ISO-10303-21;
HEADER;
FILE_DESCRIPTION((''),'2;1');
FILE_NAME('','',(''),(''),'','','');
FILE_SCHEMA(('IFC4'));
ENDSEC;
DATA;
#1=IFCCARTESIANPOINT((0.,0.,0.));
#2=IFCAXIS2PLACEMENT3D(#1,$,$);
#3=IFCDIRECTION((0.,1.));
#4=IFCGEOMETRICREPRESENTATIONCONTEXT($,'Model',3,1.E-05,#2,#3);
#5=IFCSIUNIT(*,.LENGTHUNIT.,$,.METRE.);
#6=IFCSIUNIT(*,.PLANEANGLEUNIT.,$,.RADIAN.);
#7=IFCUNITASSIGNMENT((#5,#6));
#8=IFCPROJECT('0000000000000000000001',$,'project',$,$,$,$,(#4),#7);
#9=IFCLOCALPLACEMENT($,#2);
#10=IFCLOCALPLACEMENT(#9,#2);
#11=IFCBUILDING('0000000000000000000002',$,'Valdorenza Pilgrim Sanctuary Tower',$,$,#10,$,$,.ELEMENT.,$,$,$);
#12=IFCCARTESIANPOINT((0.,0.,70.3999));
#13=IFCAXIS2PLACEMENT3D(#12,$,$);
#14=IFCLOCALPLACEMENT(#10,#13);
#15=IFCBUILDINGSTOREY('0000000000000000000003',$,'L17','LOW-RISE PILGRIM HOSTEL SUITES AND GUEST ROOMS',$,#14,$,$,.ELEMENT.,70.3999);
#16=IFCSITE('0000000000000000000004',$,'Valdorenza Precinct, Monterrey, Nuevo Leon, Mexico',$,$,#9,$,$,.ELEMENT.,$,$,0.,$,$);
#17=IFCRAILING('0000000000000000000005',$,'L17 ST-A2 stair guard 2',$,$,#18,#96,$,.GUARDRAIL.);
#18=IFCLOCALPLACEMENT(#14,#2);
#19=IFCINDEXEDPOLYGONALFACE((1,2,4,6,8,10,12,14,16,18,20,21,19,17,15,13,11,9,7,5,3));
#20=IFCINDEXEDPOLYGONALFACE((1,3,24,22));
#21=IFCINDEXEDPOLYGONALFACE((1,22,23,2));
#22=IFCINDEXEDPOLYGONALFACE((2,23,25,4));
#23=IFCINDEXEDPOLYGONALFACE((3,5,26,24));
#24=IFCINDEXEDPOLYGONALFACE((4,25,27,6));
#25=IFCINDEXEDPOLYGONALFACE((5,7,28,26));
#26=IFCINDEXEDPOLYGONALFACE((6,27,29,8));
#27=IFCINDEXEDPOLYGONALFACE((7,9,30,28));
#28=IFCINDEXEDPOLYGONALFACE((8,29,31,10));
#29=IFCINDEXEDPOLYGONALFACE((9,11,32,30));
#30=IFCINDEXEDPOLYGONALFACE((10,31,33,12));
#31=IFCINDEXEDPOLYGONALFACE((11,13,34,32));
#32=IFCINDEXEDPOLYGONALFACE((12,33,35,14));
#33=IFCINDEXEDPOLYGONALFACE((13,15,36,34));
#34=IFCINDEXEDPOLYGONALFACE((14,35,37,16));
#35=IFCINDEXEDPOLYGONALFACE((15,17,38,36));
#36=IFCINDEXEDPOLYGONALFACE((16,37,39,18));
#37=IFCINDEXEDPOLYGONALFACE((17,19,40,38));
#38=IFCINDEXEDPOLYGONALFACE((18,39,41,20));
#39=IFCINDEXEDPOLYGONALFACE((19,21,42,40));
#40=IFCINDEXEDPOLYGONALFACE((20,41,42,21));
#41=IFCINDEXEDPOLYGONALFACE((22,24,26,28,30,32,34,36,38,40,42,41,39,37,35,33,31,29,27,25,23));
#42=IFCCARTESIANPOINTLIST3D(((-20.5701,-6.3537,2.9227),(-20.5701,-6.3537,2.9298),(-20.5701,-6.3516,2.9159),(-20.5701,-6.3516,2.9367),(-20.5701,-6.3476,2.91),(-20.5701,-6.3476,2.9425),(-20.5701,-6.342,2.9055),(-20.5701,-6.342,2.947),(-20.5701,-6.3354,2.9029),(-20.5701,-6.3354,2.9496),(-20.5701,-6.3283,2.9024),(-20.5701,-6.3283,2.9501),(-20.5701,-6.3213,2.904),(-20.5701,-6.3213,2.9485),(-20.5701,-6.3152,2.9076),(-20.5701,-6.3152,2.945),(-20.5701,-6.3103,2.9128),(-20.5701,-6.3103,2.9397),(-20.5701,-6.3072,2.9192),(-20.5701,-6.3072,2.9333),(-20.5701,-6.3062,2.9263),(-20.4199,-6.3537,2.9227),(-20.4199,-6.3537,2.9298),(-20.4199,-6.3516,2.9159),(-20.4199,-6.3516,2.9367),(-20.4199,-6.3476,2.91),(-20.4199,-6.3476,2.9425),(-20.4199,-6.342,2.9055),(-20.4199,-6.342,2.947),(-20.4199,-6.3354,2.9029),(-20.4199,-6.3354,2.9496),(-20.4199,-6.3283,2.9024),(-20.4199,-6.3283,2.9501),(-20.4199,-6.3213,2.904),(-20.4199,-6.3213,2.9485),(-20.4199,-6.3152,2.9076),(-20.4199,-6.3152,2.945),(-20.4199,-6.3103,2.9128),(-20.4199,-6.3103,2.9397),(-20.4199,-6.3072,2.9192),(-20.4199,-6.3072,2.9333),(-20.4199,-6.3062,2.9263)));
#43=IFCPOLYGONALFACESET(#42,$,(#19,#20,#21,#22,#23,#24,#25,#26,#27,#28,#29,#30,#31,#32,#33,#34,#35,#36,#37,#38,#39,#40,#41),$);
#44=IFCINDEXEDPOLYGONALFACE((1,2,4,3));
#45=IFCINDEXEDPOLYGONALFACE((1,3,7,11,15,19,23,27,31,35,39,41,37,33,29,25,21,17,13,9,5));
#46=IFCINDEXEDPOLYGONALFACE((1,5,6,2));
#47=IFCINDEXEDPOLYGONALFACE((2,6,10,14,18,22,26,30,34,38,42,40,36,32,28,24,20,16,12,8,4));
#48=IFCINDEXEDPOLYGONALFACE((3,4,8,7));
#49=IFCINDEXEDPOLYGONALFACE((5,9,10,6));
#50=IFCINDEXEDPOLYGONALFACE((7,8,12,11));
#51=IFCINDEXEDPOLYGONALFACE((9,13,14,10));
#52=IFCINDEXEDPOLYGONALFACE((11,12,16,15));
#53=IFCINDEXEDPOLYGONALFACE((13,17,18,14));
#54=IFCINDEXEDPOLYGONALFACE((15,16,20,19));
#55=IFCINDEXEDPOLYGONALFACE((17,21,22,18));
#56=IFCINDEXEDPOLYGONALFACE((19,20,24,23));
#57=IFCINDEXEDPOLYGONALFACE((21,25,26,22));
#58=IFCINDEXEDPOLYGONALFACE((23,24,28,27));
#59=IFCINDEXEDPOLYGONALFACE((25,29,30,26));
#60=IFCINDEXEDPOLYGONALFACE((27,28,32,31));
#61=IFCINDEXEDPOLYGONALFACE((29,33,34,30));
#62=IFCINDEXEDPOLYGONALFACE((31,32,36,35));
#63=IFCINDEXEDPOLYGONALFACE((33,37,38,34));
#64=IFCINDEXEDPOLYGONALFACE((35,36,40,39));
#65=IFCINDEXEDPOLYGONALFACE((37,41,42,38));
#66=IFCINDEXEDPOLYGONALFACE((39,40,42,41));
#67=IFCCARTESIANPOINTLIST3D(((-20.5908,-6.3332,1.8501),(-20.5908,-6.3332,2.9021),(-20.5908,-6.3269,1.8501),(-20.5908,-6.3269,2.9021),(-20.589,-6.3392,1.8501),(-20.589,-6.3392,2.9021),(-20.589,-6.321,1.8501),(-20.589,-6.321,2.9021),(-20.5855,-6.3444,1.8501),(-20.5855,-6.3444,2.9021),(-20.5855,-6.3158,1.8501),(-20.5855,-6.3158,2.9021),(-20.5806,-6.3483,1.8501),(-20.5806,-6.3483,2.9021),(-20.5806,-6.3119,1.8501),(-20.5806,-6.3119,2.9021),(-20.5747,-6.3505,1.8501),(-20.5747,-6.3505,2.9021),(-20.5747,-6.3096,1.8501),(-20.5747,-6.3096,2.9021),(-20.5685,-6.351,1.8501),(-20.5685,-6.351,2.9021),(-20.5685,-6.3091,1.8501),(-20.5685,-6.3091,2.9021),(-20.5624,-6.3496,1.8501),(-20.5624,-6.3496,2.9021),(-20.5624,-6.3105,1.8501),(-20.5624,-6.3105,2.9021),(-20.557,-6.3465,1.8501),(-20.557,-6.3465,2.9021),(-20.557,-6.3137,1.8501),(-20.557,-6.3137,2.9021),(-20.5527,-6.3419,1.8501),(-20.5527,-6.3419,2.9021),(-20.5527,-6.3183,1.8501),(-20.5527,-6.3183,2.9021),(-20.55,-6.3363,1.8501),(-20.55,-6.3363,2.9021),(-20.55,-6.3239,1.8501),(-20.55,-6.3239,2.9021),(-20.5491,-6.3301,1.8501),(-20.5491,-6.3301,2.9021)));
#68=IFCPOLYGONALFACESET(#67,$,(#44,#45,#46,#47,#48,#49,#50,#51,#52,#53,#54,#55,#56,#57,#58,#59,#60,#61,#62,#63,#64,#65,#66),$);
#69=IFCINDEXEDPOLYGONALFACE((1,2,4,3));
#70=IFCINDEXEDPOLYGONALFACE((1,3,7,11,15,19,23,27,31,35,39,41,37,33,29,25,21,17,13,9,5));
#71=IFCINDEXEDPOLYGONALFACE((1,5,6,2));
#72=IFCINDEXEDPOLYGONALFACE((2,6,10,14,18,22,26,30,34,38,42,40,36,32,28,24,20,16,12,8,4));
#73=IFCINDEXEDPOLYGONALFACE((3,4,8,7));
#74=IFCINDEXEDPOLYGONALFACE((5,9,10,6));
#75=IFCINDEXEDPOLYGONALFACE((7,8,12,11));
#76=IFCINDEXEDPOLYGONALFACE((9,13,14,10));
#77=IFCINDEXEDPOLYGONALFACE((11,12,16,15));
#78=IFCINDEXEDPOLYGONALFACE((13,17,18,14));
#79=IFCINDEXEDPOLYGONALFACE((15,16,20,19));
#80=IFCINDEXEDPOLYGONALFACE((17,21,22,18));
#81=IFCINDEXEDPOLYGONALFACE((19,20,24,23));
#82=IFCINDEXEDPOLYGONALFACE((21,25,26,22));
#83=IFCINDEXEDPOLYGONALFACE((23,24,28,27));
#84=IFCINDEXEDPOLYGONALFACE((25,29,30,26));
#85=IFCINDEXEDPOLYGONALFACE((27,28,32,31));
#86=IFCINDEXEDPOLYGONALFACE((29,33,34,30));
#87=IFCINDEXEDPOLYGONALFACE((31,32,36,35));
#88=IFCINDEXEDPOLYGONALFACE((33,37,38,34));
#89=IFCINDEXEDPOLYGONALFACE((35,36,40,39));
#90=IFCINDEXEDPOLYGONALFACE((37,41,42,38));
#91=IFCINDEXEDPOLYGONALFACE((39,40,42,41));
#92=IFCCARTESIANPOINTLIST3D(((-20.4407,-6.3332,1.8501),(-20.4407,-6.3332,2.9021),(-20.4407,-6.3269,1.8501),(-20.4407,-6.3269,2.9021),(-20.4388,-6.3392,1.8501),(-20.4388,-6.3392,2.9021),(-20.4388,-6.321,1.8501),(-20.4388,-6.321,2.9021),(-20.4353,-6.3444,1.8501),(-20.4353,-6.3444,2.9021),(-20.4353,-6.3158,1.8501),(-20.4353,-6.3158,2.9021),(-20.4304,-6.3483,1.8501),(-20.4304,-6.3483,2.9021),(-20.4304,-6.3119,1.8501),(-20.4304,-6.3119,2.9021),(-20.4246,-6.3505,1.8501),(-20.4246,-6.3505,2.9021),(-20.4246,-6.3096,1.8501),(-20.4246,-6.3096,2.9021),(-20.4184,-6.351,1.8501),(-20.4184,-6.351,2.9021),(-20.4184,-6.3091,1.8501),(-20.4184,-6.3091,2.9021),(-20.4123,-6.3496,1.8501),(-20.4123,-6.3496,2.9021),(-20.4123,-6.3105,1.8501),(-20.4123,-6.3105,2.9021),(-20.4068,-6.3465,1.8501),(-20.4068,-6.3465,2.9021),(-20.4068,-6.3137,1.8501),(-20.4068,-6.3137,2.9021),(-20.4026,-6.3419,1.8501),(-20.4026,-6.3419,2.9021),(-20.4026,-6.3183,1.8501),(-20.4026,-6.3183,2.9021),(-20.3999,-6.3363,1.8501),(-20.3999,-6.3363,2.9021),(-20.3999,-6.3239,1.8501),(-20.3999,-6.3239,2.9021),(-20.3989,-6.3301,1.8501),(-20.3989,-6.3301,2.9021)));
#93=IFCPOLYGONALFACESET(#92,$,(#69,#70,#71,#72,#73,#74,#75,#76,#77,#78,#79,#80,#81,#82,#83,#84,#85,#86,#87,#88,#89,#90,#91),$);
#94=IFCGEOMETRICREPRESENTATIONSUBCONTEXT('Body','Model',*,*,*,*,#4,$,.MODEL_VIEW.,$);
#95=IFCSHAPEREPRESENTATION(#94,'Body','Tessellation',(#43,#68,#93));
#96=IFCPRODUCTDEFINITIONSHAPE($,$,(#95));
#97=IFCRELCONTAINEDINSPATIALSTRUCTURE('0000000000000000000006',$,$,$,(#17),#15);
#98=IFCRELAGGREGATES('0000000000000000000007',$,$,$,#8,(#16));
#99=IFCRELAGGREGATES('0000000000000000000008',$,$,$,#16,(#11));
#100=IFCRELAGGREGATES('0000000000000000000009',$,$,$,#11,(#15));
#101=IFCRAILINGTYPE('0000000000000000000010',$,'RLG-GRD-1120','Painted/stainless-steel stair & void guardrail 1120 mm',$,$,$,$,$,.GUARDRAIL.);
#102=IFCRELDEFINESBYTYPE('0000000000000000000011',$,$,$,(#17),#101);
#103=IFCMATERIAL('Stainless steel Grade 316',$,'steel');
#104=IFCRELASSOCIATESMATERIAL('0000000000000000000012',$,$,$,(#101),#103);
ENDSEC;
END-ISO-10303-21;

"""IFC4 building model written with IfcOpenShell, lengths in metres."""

from ifc_helpers import new_model, si_unit, direction, frame, origin, origin_2d, place, context, subcontext, project, spatial, circle, extrude, material, type_object, element, save


model = new_model("IFC4")

# Units and contexts
model_context = context("Model", 3, precision=1e-05, world=origin(), true_north=direction((0.0, 1.0)))
body_context = subcontext(model_context, "Body", "Model", "MODEL_VIEW")
ifc_project = project(units=[si_unit("LENGTHUNIT", "METRE"), si_unit("PLANEANGLEUNIT", "RADIAN")], contexts=[model_context])

# Site, building, storey
site_placement = place(None, origin())
site = spatial("IfcSite", under=ifc_project, at=site_placement, Name="Valdorenza Precinct, Monterrey, Nuevo Leon, Mexico", CompositionType="ELEMENT", RefElevation=0.0)
building_placement = place(site_placement, origin())
building = spatial("IfcBuilding", under=site, at=building_placement, Name="Valdorenza Pilgrim Sanctuary Tower", CompositionType="ELEMENT")
storey_placement = place(building_placement, frame((0.0, 0.0, 70.3999)))
storey = spatial("IfcBuildingStorey", under=building, at=storey_placement, Name="L17", Description="LOW-RISE PILGRIM HOSTEL SUITES AND GUEST ROOMS", CompositionType="ELEMENT", Elevation=70.3999)

# Railing
ifc_material_1 = material(Name="Stainless steel Grade 316", Category="steel")
railing_type_1 = type_object("IfcRailingType", Name="RLG-GRD-1120", Description="Painted/stainless-steel stair & void guardrail 1120 mm", PredefinedType="GUARDRAIL", material=ifc_material_1)
railing_1_placement = place(storey_placement, frame((-20.5701, -6.3301, 1.8501)))
element("IfcRailing", 1, at=railing_1_placement, inside=storey, type_object=railing_type_1, Name="L17 ST-A2 stair guard 2", PredefinedType="GUARDRAIL", context=body_context, shape_type="SweptSolid", body=[
    extrude(circle(Radius=0.0239, at=origin_2d()), frame((0.0, 0.0, 1.0762), z_axis=(1.0, 0.0, 0.0), x_axis=(0.0, 1.0, 0.0)), (0.0, 0.0, 1.0), 0.1501),
    extrude(circle(Radius=0.021, at=origin_2d()), origin(), (0.0, 0.0, 1.0), 1.052),
    extrude(circle(Radius=0.021, at=origin_2d()), frame((0.1501, 0.0, 0.0)), (0.0, 0.0, 1.0), 1.052),
])

save(model, "model.ifc")
